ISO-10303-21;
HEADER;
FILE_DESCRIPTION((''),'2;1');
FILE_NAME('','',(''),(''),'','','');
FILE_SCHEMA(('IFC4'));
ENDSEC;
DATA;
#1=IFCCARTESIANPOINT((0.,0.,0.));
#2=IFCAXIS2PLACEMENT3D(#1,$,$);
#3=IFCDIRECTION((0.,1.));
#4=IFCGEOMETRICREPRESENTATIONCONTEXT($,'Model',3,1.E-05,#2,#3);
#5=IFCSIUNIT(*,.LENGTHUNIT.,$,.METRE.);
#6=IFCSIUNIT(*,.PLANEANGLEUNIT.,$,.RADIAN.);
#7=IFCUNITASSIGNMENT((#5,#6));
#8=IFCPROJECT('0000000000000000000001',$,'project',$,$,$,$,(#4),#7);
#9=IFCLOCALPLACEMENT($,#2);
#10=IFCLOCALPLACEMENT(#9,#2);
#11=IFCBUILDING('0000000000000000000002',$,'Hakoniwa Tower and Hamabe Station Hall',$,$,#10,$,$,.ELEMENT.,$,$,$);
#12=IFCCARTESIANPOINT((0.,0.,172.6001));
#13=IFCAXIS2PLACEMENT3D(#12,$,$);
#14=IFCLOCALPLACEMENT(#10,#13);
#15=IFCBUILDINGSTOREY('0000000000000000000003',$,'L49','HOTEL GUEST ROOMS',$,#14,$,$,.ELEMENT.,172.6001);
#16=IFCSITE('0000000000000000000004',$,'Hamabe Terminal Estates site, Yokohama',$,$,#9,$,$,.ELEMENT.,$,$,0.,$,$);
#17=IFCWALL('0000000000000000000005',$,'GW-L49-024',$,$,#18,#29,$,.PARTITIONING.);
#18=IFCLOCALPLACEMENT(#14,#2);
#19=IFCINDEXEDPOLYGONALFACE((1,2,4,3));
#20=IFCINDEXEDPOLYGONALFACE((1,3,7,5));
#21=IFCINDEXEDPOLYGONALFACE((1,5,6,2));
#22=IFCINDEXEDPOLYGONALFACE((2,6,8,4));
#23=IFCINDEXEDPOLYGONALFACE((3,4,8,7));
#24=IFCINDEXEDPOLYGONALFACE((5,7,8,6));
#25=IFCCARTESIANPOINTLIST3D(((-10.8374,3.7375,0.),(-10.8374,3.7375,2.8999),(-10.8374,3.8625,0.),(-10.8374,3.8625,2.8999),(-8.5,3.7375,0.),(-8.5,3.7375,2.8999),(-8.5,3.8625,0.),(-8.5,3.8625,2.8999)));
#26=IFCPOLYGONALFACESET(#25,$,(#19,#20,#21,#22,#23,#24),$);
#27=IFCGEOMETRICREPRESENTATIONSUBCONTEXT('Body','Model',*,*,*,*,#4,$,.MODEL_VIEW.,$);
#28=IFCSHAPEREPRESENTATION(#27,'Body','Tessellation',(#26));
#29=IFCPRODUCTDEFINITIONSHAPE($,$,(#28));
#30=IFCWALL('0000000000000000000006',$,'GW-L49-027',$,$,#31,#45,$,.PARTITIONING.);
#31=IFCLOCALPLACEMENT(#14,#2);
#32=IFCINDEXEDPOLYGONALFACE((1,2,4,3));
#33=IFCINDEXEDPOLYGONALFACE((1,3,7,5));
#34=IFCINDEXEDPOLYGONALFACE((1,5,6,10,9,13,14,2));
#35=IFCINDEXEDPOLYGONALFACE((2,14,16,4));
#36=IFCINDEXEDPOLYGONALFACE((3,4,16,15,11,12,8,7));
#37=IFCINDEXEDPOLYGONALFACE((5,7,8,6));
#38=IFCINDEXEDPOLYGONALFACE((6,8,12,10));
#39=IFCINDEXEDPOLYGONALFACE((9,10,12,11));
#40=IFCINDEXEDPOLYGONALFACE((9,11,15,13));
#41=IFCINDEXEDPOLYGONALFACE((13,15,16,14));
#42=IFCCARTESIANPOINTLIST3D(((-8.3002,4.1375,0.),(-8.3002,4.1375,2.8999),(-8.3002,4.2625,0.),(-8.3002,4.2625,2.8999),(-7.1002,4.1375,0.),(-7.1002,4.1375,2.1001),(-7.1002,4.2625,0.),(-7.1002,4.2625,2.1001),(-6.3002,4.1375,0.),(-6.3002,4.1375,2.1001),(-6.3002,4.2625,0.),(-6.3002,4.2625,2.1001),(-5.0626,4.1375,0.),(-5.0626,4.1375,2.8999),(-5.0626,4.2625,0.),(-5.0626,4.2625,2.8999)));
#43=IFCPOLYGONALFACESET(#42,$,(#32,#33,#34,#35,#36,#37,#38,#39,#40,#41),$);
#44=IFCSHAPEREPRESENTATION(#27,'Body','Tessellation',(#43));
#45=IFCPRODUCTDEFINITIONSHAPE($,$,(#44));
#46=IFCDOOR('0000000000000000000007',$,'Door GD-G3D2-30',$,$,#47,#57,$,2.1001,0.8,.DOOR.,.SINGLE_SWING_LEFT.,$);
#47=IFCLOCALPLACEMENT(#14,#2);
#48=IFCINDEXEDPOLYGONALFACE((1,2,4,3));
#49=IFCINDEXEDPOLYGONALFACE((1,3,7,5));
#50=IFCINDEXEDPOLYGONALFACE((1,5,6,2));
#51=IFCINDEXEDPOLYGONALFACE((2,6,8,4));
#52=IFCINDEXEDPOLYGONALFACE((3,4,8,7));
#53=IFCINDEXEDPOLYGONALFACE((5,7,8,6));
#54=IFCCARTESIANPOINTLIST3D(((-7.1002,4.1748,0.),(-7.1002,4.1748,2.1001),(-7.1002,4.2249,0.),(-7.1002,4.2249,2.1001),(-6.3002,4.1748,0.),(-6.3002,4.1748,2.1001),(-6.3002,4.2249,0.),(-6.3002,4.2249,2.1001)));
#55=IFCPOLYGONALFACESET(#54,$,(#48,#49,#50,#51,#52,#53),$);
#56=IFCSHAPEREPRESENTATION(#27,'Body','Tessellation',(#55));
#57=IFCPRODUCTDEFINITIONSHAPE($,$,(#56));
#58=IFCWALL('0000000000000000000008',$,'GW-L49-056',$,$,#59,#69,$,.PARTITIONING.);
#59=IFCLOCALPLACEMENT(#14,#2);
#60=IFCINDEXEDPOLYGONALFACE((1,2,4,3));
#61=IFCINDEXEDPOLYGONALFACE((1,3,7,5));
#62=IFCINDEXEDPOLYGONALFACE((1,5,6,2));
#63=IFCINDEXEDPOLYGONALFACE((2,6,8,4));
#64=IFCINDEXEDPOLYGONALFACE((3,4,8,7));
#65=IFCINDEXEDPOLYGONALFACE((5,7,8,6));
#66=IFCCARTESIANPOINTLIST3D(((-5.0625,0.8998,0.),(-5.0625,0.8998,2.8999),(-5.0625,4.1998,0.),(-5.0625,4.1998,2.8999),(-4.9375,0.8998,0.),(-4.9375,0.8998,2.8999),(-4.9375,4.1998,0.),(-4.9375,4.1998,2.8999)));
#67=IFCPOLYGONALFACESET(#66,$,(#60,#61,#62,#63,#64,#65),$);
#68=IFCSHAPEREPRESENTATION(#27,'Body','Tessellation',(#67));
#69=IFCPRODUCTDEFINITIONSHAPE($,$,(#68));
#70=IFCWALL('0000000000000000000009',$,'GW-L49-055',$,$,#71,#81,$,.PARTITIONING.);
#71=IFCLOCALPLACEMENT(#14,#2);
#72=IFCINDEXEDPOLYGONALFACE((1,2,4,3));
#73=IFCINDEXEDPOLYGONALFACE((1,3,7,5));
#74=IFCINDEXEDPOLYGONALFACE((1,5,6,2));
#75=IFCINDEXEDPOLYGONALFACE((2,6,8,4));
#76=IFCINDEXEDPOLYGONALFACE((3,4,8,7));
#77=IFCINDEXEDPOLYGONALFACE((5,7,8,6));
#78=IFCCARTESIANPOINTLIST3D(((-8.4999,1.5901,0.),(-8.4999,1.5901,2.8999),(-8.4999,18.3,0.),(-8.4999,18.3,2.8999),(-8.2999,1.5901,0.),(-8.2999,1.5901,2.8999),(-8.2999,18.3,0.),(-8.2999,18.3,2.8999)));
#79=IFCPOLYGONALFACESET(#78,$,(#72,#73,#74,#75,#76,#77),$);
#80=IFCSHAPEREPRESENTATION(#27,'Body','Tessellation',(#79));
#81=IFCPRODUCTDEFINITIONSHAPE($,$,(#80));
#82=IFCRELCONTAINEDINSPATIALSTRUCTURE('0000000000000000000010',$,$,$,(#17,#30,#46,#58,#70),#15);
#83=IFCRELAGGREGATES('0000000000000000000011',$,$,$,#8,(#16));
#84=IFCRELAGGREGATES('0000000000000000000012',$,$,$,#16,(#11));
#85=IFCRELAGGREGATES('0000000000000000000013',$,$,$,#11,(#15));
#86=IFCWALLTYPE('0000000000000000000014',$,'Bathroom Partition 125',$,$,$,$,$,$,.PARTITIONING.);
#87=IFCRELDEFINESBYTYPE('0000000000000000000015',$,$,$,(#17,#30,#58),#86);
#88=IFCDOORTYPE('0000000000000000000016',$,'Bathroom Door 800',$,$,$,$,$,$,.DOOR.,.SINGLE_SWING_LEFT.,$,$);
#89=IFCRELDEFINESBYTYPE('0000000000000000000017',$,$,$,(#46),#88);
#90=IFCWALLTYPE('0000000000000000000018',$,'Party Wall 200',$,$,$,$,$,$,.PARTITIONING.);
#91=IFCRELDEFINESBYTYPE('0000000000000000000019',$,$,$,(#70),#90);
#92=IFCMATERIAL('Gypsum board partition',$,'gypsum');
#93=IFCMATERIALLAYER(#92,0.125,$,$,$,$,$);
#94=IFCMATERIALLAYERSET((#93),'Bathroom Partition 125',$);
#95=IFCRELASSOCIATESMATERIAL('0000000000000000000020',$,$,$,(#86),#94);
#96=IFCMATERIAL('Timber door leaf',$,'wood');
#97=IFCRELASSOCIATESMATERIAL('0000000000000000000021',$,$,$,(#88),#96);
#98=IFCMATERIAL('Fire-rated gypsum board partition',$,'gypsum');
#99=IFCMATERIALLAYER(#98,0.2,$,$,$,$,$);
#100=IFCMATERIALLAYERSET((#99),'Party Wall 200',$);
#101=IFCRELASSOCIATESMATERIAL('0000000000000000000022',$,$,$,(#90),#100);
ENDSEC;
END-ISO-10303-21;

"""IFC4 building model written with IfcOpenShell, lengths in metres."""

from ifc_helpers import new_model, si_unit, direction, frame, frame_2d, origin, place, context, subcontext, project, spatial, rectangle, extrude, material, layer, layer_set, type_object, element, fill, save


model = new_model("IFC4")

# Units and contexts
model_context = context("Model", 3, precision=1e-05, world=origin(), true_north=direction((0.0, 1.0)))
body_context = subcontext(model_context, "Body", "Model", "MODEL_VIEW")
ifc_project = project(units=[si_unit("LENGTHUNIT", "METRE"), si_unit("PLANEANGLEUNIT", "RADIAN")], contexts=[model_context])

# Site, building, storey
site_placement = place(None, origin())
site = spatial("IfcSite", under=ifc_project, at=site_placement, Name="Hamabe Terminal Estates site, Yokohama", CompositionType="ELEMENT", RefElevation=0.0)
building_placement = place(site_placement, origin())
building = spatial("IfcBuilding", under=site, at=building_placement, Name="Hakoniwa Tower and Hamabe Station Hall", CompositionType="ELEMENT")
storey_placement = place(building_placement, frame((0.0, 0.0, 172.6001)))
storey = spatial("IfcBuildingStorey", under=building, at=storey_placement, Name="L49", Description="HOTEL GUEST ROOMS", CompositionType="ELEMENT", Elevation=172.6001)

# Wall
ifc_material_1 = material(Name="Gypsum board partition", Category="gypsum")
ifc_layer_1 = layer(ifc_material_1, 0.125)
ifc_layer_set_1 = layer_set([ifc_layer_1], Name="Bathroom Partition 125")
wall_type_1 = type_object("IfcWallType", Name="Bathroom Partition 125", PredefinedType="PARTITIONING", material=ifc_layer_set_1)
wall_1_placement = place(storey_placement, frame((-10.8374, 3.8, 0.0), z_axis=(0.0, 0.0, 1.0), x_axis=(1.0, 0.0, 0.0)))
element("IfcWall", 1, at=wall_1_placement, inside=storey, type_object=wall_type_1, Name="GW-L49-024", PredefinedType="PARTITIONING", context=body_context, shape_type="SweptSolid", body=[
    extrude(rectangle(XDim=2.3374, YDim=0.125, at=frame_2d((1.1687, 0.0))), origin(), (0.0, 0.0, 1.0), 2.8999),
])

# Wall, opening, door
wall_2_placement = place(storey_placement, frame((-8.3, 4.2, 0.0), z_axis=(0.0, 0.0, 1.0), x_axis=(1.0, 0.0, 0.0)))
wall_2 = element("IfcWall", 2, at=wall_2_placement, inside=storey, type_object=wall_type_1, Name="GW-L49-027", PredefinedType="PARTITIONING", context=body_context, shape_type="SweptSolid", body=[
    extrude(rectangle(XDim=3.2375, YDim=0.125, at=frame_2d((1.6187, 0.0))), origin(), (0.0, 0.0, 1.0), 2.8999),
])
opening_placement = place(wall_2_placement, frame((1.2, 0.0, 0.0)))
opening = element("IfcOpeningElement", 3, at=opening_placement, cuts=wall_2, PredefinedType="OPENING", context=body_context, shape_type="SweptSolid", body=[
    extrude(rectangle(XDim=0.8, YDim=2.1001, at=frame_2d((0.3999, 1.05))), frame((0.0, 0.0725, 0.0), z_axis=(0.0, -1.0, 0.0), x_axis=(1.0, 0.0, 0.0)), (0.0, 0.0, 1.0), 0.145),
])
ifc_material_2 = material(Name="Timber door leaf", Category="wood")
door_type = type_object("IfcDoorType", Name="Bathroom Door 800", OperationType="SINGLE_SWING_LEFT", PredefinedType="DOOR", material=ifc_material_2)
door_placement = place(opening_placement, origin())
door = element("IfcDoor", 4, at=door_placement, inside=storey, type_object=door_type, Name="Door GD-G3D2-30", OperationType="SINGLE_SWING_LEFT", OverallHeight=2.1001, OverallWidth=0.8, PredefinedType="DOOR", context=body_context, shape_type="SweptSolid", body=[
    extrude(rectangle(XDim=0.8, YDim=2.1001, at=frame_2d((0.3999, 1.05))), frame((0.0, 0.0249, 0.0), z_axis=(0.0, -1.0, 0.0), x_axis=(1.0, 0.0, 0.0)), (0.0, 0.0, 1.0), 0.05),
])
fill(opening, door)

# Walls
wall_3_placement = place(storey_placement, frame((-5.0, 0.8999, 0.0), z_axis=(0.0, 0.0, 1.0), x_axis=(0.0, 1.0, 0.0)))
element("IfcWall", 5, at=wall_3_placement, inside=storey, type_object=wall_type_1, Name="GW-L49-056", PredefinedType="PARTITIONING", context=body_context, shape_type="SweptSolid", body=[
    extrude(rectangle(XDim=3.3, YDim=0.125, at=frame_2d((1.6499, 0.0))), origin(), (0.0, 0.0, 1.0), 2.8999),
])
ifc_material_3 = material(Name="Fire-rated gypsum board partition", Category="gypsum")
ifc_layer_2 = layer(ifc_material_3, 0.2)
ifc_layer_set_2 = layer_set([ifc_layer_2], Name="Party Wall 200")
wall_type_2 = type_object("IfcWallType", Name="Party Wall 200", PredefinedType="PARTITIONING", material=ifc_layer_set_2)
wall_4_placement = place(storey_placement, frame((-8.3999, 1.5901, 0.0), z_axis=(0.0, 0.0, 1.0), x_axis=(0.0, 1.0, 0.0)))
element("IfcWall", 6, at=wall_4_placement, inside=storey, type_object=wall_type_2, Name="GW-L49-055", PredefinedType="PARTITIONING", context=body_context, shape_type="SweptSolid", body=[
    extrude(rectangle(XDim=16.71, YDim=0.2, at=frame_2d((8.355, 0.0))), origin(), (0.0, 0.0, 1.0), 2.8999),
])

save(model, "model.ifc")
